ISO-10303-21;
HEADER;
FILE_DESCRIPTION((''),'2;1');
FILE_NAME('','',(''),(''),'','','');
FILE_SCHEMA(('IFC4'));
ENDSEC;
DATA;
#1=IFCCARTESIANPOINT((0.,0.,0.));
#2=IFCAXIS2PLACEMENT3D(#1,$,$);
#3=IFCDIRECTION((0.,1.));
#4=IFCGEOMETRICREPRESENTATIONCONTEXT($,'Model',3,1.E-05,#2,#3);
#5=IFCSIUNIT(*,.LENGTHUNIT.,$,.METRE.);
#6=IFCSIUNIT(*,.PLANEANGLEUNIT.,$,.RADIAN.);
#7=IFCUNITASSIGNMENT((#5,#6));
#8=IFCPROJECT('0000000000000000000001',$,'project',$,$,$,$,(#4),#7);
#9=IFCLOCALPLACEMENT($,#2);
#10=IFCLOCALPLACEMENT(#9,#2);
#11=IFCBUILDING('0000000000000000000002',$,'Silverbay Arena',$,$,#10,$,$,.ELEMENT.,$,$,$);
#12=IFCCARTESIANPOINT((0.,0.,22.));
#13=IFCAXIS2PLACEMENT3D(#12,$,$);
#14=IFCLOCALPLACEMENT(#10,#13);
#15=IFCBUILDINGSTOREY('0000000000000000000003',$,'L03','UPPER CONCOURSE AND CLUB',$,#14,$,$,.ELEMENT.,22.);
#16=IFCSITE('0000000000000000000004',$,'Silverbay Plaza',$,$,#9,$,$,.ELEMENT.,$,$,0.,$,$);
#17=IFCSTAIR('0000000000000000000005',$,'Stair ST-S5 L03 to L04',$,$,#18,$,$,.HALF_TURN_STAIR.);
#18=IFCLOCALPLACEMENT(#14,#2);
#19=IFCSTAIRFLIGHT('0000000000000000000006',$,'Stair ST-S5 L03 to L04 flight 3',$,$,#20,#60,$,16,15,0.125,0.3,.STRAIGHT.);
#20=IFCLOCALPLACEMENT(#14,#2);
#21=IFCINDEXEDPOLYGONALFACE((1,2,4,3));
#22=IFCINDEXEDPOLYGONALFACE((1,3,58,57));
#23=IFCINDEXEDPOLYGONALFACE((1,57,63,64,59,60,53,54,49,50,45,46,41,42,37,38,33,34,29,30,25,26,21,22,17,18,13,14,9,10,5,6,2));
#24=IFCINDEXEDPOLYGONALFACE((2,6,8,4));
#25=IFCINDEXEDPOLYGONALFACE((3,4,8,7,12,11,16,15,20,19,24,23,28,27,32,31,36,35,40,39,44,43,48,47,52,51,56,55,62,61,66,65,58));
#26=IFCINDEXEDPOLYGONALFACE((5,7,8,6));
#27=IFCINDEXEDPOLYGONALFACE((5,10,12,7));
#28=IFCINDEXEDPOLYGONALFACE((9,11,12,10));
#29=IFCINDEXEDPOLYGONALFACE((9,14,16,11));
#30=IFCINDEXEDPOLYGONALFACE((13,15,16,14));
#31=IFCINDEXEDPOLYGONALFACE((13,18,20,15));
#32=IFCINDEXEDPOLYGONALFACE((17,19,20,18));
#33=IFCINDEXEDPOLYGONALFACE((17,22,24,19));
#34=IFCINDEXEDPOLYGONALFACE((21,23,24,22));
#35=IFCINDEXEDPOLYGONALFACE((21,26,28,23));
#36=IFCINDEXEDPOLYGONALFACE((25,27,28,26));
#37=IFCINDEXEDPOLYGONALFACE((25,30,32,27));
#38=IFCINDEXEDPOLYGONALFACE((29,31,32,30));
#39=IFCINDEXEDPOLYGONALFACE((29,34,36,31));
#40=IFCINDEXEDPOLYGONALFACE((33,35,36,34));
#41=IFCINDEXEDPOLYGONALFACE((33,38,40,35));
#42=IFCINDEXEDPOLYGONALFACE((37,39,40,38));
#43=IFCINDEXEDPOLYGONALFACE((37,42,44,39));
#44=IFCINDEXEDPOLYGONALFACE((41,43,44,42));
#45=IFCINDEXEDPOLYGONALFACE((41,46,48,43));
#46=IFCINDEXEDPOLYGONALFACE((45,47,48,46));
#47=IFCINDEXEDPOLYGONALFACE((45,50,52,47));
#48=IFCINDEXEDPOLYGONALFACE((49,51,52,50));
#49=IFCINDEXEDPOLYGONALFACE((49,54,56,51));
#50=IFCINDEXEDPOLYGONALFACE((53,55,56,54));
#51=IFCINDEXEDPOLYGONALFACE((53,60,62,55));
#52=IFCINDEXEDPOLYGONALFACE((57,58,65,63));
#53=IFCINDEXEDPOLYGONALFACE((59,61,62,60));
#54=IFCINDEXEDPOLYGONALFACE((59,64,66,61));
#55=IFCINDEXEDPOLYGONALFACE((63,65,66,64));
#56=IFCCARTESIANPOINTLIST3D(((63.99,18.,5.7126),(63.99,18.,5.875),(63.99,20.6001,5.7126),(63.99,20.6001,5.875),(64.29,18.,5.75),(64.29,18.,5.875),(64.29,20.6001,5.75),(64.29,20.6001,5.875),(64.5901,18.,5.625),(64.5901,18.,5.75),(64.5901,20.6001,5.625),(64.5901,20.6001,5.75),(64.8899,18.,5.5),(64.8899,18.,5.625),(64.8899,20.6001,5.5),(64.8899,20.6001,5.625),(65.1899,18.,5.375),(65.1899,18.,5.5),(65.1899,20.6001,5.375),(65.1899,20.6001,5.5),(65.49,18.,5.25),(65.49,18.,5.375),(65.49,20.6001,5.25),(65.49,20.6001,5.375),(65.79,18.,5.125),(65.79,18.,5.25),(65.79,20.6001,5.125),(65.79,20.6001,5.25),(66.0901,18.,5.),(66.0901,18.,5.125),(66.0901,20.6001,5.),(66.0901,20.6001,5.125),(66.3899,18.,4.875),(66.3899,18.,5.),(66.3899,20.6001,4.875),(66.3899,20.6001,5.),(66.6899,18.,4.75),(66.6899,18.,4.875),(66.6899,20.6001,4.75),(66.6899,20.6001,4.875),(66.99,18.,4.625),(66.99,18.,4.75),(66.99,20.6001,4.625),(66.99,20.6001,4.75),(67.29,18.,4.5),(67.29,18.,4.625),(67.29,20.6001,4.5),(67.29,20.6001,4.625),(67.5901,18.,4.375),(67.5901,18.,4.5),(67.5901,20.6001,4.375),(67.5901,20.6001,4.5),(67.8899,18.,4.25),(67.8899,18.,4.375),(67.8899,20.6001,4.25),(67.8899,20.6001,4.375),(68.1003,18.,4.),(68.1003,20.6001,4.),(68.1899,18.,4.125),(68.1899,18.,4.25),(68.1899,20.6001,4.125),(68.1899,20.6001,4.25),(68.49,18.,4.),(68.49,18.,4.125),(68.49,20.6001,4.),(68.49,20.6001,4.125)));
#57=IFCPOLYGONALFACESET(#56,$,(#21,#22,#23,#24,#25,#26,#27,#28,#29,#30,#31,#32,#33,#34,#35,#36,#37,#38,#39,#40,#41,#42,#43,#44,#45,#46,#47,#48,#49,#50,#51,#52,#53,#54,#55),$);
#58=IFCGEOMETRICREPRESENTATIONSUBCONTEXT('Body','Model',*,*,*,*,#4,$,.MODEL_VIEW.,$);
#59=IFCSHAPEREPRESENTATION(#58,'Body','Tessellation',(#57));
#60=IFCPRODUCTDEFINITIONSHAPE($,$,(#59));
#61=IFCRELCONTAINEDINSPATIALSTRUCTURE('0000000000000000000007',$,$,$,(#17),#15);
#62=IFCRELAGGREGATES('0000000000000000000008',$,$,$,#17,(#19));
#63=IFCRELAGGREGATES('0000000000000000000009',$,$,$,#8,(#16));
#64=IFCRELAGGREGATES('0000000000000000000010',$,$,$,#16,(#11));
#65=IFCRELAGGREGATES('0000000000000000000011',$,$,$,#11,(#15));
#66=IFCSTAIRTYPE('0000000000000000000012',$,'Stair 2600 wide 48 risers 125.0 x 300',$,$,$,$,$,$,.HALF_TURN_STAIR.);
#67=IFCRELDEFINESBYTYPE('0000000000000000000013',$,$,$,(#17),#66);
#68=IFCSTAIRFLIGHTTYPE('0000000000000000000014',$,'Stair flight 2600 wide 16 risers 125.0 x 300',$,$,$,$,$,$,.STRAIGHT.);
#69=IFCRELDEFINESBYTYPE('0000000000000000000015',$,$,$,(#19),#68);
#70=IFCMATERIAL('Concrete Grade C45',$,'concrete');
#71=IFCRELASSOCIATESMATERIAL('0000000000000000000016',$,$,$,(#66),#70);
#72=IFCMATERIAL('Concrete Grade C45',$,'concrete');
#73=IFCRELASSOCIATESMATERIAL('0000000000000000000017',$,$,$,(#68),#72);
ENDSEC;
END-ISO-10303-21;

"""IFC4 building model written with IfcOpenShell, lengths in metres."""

from ifc_helpers import new_model, si_unit, direction, frame, origin, place, context, subcontext, project, spatial, polyline, outline, extrude, material, type_object, element, aggregate, save


model = new_model("IFC4")

# Units and contexts
model_context = context("Model", 3, precision=1e-05, world=origin(), true_north=direction((0.0, 1.0)))
body_context = subcontext(model_context, "Body", "Model", "MODEL_VIEW")
ifc_project = project(units=[si_unit("LENGTHUNIT", "METRE"), si_unit("PLANEANGLEUNIT", "RADIAN")], contexts=[model_context])

# Site, building, storey
site_placement = place(None, origin())
site = spatial("IfcSite", under=ifc_project, at=site_placement, Name="Silverbay Plaza", CompositionType="ELEMENT", RefElevation=0.0)
building_placement = place(site_placement, origin())
building = spatial("IfcBuilding", under=site, at=building_placement, Name="Silverbay Arena", CompositionType="ELEMENT")
storey_placement = place(building_placement, frame((0.0, 0.0, 22.0)))
storey = spatial("IfcBuildingStorey", under=building, at=storey_placement, Name="L03", Description="UPPER CONCOURSE AND CLUB", CompositionType="ELEMENT", Elevation=22.0)

# Stair, stair flight
ifc_material_1 = material(Name="Concrete Grade C45", Category="concrete")
stair_type = type_object("IfcStairType", Name="Stair 2600 wide 48 risers 125.0 x 300", PredefinedType="HALF_TURN_STAIR", material=ifc_material_1)
stair_placement = place(storey_placement, origin())
stair = element("IfcStair", 1, at=stair_placement, inside=storey, type_object=stair_type, Name="Stair ST-S5 L03 to L04", PredefinedType="HALF_TURN_STAIR")
ifc_material_2 = material(Name="Concrete Grade C45", Category="concrete")
stair_flight_type = type_object("IfcStairFlightType", Name="Stair flight 2600 wide 16 risers 125.0 x 300", PredefinedType="STRAIGHT", material=ifc_material_2)
stair_flight_1_placement = place(storey_placement, frame((68.49, 19.3, 4.0), z_axis=(0.0, 0.0, 1.0), x_axis=(-1.0, 0.0, 0.0)))
stair_flight_1 = element("IfcStairFlight", 2, at=stair_flight_1_placement, type_object=stair_flight_type, Name="Stair ST-S5 L03 to L04 flight 3", NumberOfRisers=16, NumberOfTreads=15, PredefinedType="STRAIGHT", RiserHeight=0.125, TreadLength=0.3, context=body_context, shape_type="SweptSolid", body=[
    extrude(outline(polyline([(0.0, 0.0), (0.0, 0.125), (0.3, 0.125), (0.3, 0.25), (0.6001, 0.25), (0.6001, 0.375), (0.8999, 0.375), (0.8999, 0.5), (1.2, 0.5), (1.2, 0.625), (1.5, 0.625), (1.5, 0.75), (1.8, 0.75), (1.8, 0.875), (2.1001, 0.875), (2.1001, 1.0), (2.3999, 1.0), (2.3999, 1.125), (2.7, 1.125), (2.7, 1.25), (3.0, 1.25), (3.0, 1.375), (3.3, 1.375), (3.3, 1.5), (3.6001, 1.5), (3.6001, 1.625), (3.8999, 1.625), (3.8999, 1.75), (4.2, 1.75), (4.2, 1.875), (4.5, 1.875), (4.5, 1.7126), (0.3896, 0.0), (0.0, 0.0)])), frame((0.0, 1.3, 0.0), z_axis=(0.0, -1.0, 0.0), x_axis=(1.0, 0.0, 0.0)), (0.0, 0.0, 1.0), 2.6001),
])
aggregate(stair, [stair_flight_1])

save(model, "model.ifc")
